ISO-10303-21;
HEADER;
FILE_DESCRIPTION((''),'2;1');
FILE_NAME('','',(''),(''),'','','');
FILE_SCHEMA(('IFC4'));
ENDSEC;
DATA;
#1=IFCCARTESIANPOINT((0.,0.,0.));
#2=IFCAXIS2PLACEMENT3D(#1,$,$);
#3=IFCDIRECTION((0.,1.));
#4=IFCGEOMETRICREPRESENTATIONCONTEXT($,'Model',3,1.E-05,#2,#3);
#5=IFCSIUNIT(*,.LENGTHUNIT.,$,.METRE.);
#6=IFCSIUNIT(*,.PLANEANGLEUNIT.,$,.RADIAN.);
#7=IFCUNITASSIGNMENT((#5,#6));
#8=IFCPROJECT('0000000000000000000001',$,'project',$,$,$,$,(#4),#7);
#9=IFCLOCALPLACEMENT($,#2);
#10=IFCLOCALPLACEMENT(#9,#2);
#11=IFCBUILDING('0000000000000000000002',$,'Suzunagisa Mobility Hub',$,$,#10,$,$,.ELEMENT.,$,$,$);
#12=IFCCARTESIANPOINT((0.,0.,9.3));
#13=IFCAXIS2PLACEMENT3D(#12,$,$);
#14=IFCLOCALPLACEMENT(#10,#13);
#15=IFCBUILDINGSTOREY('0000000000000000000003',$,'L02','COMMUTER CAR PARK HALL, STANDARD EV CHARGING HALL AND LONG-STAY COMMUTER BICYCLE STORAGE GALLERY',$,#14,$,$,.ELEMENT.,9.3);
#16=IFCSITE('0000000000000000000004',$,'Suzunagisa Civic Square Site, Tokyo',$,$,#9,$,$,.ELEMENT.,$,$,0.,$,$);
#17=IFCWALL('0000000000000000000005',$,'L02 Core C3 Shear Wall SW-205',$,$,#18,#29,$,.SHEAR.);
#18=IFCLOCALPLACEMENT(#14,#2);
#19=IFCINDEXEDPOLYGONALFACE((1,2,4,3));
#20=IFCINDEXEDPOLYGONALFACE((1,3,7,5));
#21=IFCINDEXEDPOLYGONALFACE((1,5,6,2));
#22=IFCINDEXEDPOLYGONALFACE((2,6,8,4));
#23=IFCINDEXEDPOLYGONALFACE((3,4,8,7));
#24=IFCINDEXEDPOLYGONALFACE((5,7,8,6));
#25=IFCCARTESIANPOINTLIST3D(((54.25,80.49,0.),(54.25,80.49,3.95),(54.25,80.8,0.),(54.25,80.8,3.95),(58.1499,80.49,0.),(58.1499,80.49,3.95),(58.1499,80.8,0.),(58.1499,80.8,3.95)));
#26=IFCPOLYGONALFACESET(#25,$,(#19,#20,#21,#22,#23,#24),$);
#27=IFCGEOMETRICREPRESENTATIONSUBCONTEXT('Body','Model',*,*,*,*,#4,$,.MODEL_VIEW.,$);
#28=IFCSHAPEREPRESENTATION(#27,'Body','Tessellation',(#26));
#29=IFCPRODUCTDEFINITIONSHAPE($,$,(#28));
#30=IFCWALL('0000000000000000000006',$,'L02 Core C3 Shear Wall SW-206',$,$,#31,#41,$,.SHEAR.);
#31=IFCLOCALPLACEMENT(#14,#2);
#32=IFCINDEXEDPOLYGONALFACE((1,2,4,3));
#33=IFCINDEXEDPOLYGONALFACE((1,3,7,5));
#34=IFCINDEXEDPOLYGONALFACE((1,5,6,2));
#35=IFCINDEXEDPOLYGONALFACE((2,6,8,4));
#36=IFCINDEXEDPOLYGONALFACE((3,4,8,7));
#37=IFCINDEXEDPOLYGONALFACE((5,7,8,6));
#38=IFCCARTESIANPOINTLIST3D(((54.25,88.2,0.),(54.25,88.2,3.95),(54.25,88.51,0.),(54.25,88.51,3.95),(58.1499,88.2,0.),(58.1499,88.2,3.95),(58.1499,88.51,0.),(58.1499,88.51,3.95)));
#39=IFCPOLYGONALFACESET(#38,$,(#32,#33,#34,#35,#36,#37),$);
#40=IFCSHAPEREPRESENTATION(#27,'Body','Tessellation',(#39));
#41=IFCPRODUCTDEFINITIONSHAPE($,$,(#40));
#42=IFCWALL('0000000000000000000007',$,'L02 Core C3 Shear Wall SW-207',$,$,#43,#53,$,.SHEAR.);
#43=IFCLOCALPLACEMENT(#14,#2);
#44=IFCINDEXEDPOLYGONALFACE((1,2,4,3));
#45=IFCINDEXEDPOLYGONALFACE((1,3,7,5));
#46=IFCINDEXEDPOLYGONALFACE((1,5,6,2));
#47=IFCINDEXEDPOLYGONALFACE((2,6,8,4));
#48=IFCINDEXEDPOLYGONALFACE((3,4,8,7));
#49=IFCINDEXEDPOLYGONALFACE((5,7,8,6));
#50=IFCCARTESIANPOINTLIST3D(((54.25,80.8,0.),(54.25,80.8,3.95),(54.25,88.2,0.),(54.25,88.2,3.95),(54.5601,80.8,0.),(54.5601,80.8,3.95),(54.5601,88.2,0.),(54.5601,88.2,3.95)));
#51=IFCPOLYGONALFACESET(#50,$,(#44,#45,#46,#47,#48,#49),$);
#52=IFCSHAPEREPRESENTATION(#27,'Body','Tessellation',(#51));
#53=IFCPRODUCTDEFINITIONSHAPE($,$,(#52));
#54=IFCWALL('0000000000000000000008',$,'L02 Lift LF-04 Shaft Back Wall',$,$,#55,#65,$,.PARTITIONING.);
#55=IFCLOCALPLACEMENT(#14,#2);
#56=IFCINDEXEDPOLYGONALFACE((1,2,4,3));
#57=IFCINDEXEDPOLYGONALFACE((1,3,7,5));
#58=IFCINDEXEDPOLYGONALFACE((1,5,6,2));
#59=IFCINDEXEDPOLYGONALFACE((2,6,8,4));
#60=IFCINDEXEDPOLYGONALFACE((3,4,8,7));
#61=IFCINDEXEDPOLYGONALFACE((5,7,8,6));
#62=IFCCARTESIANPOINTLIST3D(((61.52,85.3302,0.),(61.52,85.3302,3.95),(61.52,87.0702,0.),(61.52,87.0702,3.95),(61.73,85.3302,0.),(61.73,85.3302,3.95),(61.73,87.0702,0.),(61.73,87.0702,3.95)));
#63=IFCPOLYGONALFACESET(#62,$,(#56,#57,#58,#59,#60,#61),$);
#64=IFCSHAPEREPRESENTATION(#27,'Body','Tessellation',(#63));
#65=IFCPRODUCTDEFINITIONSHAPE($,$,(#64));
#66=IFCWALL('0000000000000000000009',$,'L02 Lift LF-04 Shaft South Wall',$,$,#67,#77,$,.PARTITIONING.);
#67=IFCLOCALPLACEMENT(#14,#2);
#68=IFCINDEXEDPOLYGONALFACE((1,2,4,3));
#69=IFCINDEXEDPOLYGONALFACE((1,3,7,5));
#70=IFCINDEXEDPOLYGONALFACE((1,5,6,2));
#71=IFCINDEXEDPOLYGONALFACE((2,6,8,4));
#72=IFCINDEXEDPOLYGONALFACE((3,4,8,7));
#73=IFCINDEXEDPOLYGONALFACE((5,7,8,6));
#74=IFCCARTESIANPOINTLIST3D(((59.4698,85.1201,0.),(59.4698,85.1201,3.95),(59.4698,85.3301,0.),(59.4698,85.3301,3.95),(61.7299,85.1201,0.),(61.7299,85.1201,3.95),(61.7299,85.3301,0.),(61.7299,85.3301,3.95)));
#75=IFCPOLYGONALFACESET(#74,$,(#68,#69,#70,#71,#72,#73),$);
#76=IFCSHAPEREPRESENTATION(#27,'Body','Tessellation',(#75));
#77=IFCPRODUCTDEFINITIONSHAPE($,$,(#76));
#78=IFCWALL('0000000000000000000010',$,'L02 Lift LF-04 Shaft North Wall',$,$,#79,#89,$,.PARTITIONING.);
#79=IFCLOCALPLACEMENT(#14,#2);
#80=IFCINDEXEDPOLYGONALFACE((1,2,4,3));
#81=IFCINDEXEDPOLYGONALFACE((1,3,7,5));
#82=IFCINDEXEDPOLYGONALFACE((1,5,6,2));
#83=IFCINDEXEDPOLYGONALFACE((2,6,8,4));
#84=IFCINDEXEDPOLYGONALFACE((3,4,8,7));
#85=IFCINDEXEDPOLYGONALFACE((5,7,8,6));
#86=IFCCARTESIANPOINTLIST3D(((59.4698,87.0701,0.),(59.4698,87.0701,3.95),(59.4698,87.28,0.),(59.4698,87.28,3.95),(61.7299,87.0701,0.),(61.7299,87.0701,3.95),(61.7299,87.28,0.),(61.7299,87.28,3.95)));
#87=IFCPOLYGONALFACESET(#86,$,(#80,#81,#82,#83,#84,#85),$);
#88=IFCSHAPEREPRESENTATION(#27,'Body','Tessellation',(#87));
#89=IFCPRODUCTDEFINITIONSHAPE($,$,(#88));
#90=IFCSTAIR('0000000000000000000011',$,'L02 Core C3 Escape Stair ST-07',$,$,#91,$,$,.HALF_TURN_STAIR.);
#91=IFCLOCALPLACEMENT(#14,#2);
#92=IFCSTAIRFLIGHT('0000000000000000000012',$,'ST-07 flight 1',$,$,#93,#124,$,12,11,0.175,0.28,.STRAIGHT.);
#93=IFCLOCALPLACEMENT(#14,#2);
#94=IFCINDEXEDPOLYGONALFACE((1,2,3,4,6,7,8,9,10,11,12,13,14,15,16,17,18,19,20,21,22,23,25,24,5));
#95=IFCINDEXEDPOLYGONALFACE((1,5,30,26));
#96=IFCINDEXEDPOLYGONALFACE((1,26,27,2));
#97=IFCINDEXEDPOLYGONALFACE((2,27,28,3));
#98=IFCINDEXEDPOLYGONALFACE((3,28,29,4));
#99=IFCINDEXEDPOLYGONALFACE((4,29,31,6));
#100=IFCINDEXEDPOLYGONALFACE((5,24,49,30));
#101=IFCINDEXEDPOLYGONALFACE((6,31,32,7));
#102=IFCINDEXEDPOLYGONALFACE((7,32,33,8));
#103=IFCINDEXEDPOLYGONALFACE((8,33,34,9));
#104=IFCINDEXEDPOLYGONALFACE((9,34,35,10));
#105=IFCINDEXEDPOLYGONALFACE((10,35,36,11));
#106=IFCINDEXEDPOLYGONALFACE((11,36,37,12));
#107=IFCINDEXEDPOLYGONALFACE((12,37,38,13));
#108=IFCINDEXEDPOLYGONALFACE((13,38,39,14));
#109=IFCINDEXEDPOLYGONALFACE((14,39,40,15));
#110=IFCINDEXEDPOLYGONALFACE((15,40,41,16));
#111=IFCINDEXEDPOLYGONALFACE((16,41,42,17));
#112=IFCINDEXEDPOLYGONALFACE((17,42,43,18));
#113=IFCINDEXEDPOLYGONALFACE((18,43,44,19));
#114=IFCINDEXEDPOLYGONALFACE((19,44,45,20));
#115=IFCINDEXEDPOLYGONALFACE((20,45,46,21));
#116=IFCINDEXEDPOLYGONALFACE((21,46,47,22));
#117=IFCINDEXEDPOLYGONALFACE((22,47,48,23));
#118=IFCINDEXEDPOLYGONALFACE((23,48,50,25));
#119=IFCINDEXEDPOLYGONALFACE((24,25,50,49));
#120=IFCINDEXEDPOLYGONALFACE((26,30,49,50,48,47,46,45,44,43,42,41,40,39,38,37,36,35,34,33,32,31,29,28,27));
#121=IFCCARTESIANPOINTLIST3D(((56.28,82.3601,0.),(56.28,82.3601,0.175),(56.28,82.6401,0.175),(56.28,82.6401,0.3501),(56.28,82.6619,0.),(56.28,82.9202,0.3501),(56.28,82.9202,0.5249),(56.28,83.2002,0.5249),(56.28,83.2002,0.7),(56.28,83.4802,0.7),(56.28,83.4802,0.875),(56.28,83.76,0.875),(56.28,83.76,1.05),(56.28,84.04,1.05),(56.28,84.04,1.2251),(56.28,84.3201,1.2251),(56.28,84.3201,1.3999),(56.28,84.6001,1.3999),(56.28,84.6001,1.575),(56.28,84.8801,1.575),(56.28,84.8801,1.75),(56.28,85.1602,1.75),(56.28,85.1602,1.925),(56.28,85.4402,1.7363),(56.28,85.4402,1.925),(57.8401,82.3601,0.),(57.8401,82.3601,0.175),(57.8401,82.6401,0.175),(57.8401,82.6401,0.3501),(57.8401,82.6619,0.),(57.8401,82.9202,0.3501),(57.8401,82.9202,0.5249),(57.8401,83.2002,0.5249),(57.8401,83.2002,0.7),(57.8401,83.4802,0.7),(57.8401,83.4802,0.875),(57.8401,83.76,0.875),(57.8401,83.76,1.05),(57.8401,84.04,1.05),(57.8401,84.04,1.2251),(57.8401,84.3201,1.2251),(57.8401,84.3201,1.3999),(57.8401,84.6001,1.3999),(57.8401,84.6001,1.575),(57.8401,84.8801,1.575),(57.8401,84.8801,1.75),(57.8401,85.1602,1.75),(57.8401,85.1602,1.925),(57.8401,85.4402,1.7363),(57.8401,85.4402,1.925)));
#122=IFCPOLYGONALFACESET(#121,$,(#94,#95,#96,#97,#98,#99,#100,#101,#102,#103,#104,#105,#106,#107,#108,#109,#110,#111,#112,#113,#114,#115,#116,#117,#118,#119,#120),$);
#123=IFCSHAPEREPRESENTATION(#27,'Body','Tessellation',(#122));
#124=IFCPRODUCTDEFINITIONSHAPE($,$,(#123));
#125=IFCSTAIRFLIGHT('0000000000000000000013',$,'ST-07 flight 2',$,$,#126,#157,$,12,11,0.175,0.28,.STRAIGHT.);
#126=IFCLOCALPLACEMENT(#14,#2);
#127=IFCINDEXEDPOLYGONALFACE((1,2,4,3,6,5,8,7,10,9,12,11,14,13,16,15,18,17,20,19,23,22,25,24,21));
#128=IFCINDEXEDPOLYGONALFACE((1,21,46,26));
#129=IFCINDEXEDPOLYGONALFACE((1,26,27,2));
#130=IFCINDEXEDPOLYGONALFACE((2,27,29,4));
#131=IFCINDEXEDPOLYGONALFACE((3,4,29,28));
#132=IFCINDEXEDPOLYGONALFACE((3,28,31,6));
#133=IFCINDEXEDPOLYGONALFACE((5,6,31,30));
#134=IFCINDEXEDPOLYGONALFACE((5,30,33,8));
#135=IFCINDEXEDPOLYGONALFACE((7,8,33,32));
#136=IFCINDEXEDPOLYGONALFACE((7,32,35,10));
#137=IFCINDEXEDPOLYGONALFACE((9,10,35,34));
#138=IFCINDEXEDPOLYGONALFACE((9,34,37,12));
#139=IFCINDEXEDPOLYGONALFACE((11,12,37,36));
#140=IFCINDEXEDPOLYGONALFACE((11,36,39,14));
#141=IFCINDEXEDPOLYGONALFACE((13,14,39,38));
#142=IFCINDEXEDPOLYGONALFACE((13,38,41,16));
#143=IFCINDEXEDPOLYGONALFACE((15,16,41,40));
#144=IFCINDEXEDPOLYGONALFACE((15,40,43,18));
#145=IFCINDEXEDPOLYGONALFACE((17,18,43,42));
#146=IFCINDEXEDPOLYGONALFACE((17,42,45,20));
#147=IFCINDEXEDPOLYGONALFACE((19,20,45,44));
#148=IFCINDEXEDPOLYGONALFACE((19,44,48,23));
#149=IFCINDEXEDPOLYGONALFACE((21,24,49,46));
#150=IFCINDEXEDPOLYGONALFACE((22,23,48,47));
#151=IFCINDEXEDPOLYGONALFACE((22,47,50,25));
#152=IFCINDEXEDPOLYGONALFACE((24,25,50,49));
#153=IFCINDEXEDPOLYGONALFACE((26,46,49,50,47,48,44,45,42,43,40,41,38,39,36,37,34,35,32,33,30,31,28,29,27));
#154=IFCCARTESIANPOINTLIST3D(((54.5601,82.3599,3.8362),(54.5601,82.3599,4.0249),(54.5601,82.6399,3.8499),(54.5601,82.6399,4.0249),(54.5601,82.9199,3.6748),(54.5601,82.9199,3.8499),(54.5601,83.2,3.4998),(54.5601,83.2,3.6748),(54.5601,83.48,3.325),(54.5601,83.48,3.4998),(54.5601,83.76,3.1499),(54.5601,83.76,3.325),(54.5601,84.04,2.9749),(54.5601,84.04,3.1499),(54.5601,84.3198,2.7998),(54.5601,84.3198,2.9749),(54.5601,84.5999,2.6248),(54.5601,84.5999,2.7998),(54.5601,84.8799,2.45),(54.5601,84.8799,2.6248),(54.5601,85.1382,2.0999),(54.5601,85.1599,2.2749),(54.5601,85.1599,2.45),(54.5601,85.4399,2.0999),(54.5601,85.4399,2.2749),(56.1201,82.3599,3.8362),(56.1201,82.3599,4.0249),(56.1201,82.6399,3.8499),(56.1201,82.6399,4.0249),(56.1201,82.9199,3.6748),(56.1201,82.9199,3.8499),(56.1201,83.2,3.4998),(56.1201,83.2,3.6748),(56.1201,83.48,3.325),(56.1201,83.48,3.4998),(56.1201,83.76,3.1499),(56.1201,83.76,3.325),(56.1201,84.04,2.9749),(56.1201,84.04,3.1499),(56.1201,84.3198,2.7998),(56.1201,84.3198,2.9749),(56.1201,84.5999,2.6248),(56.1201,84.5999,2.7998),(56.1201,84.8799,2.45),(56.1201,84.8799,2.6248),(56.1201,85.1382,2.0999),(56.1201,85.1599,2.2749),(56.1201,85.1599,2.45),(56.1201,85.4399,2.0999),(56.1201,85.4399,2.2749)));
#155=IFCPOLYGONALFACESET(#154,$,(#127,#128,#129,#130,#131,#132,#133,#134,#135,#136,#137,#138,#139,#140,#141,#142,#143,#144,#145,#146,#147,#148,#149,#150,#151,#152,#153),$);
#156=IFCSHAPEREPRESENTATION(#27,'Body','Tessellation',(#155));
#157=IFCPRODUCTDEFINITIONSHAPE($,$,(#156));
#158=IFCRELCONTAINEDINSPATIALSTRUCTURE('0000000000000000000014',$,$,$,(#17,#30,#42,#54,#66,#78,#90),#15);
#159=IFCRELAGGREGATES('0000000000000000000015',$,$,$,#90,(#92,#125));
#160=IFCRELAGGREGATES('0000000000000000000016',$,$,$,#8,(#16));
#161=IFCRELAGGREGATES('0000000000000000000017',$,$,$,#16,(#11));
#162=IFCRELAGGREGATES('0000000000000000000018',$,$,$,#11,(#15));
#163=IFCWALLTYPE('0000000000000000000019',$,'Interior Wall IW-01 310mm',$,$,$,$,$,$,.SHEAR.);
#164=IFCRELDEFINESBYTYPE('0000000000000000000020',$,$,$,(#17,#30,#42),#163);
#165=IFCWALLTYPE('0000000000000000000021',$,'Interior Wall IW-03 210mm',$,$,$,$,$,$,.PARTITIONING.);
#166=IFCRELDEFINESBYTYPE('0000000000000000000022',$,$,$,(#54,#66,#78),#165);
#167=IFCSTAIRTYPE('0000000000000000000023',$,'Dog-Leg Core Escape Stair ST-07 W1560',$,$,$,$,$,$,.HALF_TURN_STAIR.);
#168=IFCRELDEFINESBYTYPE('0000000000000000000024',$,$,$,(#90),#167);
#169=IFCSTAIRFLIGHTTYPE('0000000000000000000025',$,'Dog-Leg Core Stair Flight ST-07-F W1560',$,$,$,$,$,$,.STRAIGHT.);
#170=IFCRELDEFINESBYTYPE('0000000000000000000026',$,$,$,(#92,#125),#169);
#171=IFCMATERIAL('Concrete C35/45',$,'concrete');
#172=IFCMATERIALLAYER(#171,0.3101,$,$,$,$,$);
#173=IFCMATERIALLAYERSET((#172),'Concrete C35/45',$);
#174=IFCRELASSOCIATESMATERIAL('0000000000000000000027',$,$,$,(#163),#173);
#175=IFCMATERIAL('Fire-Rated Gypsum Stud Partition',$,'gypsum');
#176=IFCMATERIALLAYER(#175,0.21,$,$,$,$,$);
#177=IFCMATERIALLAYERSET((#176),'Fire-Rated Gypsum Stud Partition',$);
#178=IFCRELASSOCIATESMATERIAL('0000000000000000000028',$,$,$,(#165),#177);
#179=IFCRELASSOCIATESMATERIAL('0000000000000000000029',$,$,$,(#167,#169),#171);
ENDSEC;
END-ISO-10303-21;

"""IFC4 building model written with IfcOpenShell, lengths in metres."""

from ifc_helpers import new_model, si_unit, direction, frame, frame_2d, origin, place, context, subcontext, project, spatial, polyline, rectangle, outline, extrude, material, layer, layer_set, type_object, element, aggregate, save


model = new_model("IFC4")

# Units and contexts
model_context = context("Model", 3, precision=1e-05, world=origin(), true_north=direction((0.0, 1.0)))
body_context = subcontext(model_context, "Body", "Model", "MODEL_VIEW")
ifc_project = project(units=[si_unit("LENGTHUNIT", "METRE"), si_unit("PLANEANGLEUNIT", "RADIAN")], contexts=[model_context])

# Site, building, storey
site_placement = place(None, origin())
site = spatial("IfcSite", under=ifc_project, at=site_placement, Name="Suzunagisa Civic Square Site, Tokyo", CompositionType="ELEMENT", RefElevation=0.0)
building_placement = place(site_placement, origin())
building = spatial("IfcBuilding", under=site, at=building_placement, Name="Suzunagisa Mobility Hub", CompositionType="ELEMENT")
storey_placement = place(building_placement, frame((0.0, 0.0, 9.3)))
storey = spatial("IfcBuildingStorey", under=building, at=storey_placement, Name="L02", Description="COMMUTER CAR PARK HALL, STANDARD EV CHARGING HALL AND LONG-STAY COMMUTER BICYCLE STORAGE GALLERY", CompositionType="ELEMENT", Elevation=9.3)

# Walls
ifc_material_1 = material(Name="Concrete C35/45", Category="concrete")
ifc_layer_1 = layer(ifc_material_1, 0.3101)
ifc_layer_set_1 = layer_set([ifc_layer_1], Name="Concrete C35/45")
wall_type_1 = type_object("IfcWallType", Name="Interior Wall IW-01 310mm", PredefinedType="SHEAR", material=ifc_layer_set_1)
for number, where, z_axis, x_axis, name in (
    (1, (54.25, 80.645, 0.0), (0.0, 0.0, 1.0), (1.0, 0.0, 0.0), "L02 Core C3 Shear Wall SW-205"),
    (2, (54.25, 88.355, 0.0), (0.0, 0.0, 1.0), (1.0, 0.0, 0.0), "L02 Core C3 Shear Wall SW-206"),
):
    element("IfcWall", number, at=place(storey_placement, frame(where, z_axis=z_axis, x_axis=x_axis)), inside=storey, type_object=wall_type_1, Name=name, PredefinedType="SHEAR", context=body_context, shape_type="SweptSolid", body=[
        extrude(rectangle(XDim=3.8999, YDim=0.3101, at=frame_2d((1.95, 0.0))), origin(), (0.0, 0.0, 1.0), 3.95),
    ])
wall_1_placement = place(storey_placement, frame((54.405, 80.8, 0.0), z_axis=(0.0, 0.0, 1.0), x_axis=(0.0, 1.0, 0.0)))
element("IfcWall", 3, at=wall_1_placement, inside=storey, type_object=wall_type_1, Name="L02 Core C3 Shear Wall SW-207", PredefinedType="SHEAR", context=body_context, shape_type="SweptSolid", body=[
    extrude(rectangle(XDim=7.3999, YDim=0.3101, at=frame_2d((3.7, 0.0))), origin(), (0.0, 0.0, 1.0), 3.95),
])

# Shared definitions
ifc_material_2 = material(Name="Fire-Rated Gypsum Stud Partition", Category="gypsum")
ifc_layer_2 = layer(ifc_material_2, 0.21)
ifc_layer_set_2 = layer_set([ifc_layer_2], Name="Fire-Rated Gypsum Stud Partition")
wall_type_2 = type_object("IfcWallType", Name="Interior Wall IW-03 210mm", PredefinedType="PARTITIONING", material=ifc_layer_set_2)

# Walls
wall_2_placement = place(storey_placement, frame((61.625, 85.3301, 0.0), z_axis=(0.0, 0.0, 1.0), x_axis=(0.0, 1.0, 0.0)))
element("IfcWall", 4, at=wall_2_placement, inside=storey, type_object=wall_type_2, Name="L02 Lift LF-04 Shaft Back Wall", PredefinedType="PARTITIONING", context=body_context, shape_type="SweptSolid", body=[
    extrude(rectangle(XDim=1.74, YDim=0.21, at=frame_2d((0.8701, 0.0))), origin(), (0.0, 0.0, 1.0), 3.95),
])
for number, where, z_axis, x_axis, name in (
    (5, (59.47, 85.2251, 0.0), (0.0, 0.0, 1.0), (1.0, 0.0, 0.0), "L02 Lift LF-04 Shaft South Wall"),
    (6, (59.47, 87.175, 0.0), (0.0, 0.0, 1.0), (1.0, 0.0, 0.0), "L02 Lift LF-04 Shaft North Wall"),
):
    element("IfcWall", number, at=place(storey_placement, frame(where, z_axis=z_axis, x_axis=x_axis)), inside=storey, type_object=wall_type_2, Name=name, PredefinedType="PARTITIONING", context=body_context, shape_type="SweptSolid", body=[
        extrude(rectangle(XDim=2.26, YDim=0.21, at=frame_2d((1.1299, 0.0))), origin(), (0.0, 0.0, 1.0), 3.95),
    ])

# Stair, stair flights
stair_type = type_object("IfcStairType", Name="Dog-Leg Core Escape Stair ST-07 W1560", PredefinedType="HALF_TURN_STAIR", material=ifc_material_1)
stair_placement = place(storey_placement, origin())
stair = element("IfcStair", 7, at=stair_placement, inside=storey, type_object=stair_type, Name="L02 Core C3 Escape Stair ST-07", PredefinedType="HALF_TURN_STAIR")
stair_flight_type = type_object("IfcStairFlightType", Name="Dog-Leg Core Stair Flight ST-07-F W1560", PredefinedType="STRAIGHT", material=ifc_material_1)
stair_flight_1_placement = place(storey_placement, frame((57.0601, 82.3601, 0.0), z_axis=(0.0, 0.0, 1.0), x_axis=(0.0, 1.0, 0.0)))
stair_flight_1 = element("IfcStairFlight", 8, at=stair_flight_1_placement, type_object=stair_flight_type, Name="ST-07 flight 1", NumberOfRisers=12, NumberOfTreads=11, PredefinedType="STRAIGHT", RiserHeight=0.175, TreadLength=0.28, context=body_context, shape_type="SweptSolid", body=[
    extrude(outline(polyline([(0.0, 0.0), (0.0, 0.175), (0.28, 0.175), (0.28, 0.3501), (0.5601, 0.3501), (0.5601, 0.5249), (0.8401, 0.5249), (0.8401, 0.7), (1.1201, 0.7), (1.1201, 0.875), (1.3999, 0.875), (1.3999, 1.05), (1.6799, 1.05), (1.6799, 1.2251), (1.96, 1.2251), (1.96, 1.3999), (2.24, 1.3999), (2.24, 1.575), (2.52, 1.575), (2.52, 1.75), (2.8, 1.75), (2.8, 1.925), (3.0801, 1.925), (3.0801, 2.1001), (3.0801, 1.7363), (0.3018, 0.0), (0.0, 0.0)])), frame((0.0, 0.78, 0.0), z_axis=(0.0, -1.0, 0.0), x_axis=(1.0, 0.0, 0.0)), (0.0, 0.0, 1.0), 1.5601),
])
stair_flight_2_placement = place(storey_placement, frame((55.3401, 85.4399, 2.0999), z_axis=(0.0, 0.0, 1.0), x_axis=(0.0, -1.0, 0.0)))
stair_flight_2 = element("IfcStairFlight", 9, at=stair_flight_2_placement, type_object=stair_flight_type, Name="ST-07 flight 2", NumberOfRisers=12, NumberOfTreads=11, PredefinedType="STRAIGHT", RiserHeight=0.175, TreadLength=0.28, context=body_context, shape_type="SweptSolid", body=[
    extrude(outline(polyline([(0.0, 0.0), (0.0, 0.175), (0.28, 0.175), (0.28, 0.3501), (0.5601, 0.3501), (0.5601, 0.5249), (0.8401, 0.5249), (0.8401, 0.7), (1.1201, 0.7), (1.1201, 0.875), (1.3999, 0.875), (1.3999, 1.05), (1.6799, 1.05), (1.6799, 1.2251), (1.96, 1.2251), (1.96, 1.3999), (2.24, 1.3999), (2.24, 1.575), (2.52, 1.575), (2.52, 1.75), (2.8, 1.75), (2.8, 1.925), (3.0801, 1.925), (3.0801, 2.1001), (3.0801, 1.7363), (0.3018, 0.0), (0.0, 0.0)])), frame((0.0, 0.78, 0.0), z_axis=(0.0, -1.0, 0.0), x_axis=(1.0, 0.0, 0.0)), (0.0, 0.0, 1.0), 1.5601),
])
aggregate(stair, [stair_flight_1, stair_flight_2])

save(model, "model.ifc")
